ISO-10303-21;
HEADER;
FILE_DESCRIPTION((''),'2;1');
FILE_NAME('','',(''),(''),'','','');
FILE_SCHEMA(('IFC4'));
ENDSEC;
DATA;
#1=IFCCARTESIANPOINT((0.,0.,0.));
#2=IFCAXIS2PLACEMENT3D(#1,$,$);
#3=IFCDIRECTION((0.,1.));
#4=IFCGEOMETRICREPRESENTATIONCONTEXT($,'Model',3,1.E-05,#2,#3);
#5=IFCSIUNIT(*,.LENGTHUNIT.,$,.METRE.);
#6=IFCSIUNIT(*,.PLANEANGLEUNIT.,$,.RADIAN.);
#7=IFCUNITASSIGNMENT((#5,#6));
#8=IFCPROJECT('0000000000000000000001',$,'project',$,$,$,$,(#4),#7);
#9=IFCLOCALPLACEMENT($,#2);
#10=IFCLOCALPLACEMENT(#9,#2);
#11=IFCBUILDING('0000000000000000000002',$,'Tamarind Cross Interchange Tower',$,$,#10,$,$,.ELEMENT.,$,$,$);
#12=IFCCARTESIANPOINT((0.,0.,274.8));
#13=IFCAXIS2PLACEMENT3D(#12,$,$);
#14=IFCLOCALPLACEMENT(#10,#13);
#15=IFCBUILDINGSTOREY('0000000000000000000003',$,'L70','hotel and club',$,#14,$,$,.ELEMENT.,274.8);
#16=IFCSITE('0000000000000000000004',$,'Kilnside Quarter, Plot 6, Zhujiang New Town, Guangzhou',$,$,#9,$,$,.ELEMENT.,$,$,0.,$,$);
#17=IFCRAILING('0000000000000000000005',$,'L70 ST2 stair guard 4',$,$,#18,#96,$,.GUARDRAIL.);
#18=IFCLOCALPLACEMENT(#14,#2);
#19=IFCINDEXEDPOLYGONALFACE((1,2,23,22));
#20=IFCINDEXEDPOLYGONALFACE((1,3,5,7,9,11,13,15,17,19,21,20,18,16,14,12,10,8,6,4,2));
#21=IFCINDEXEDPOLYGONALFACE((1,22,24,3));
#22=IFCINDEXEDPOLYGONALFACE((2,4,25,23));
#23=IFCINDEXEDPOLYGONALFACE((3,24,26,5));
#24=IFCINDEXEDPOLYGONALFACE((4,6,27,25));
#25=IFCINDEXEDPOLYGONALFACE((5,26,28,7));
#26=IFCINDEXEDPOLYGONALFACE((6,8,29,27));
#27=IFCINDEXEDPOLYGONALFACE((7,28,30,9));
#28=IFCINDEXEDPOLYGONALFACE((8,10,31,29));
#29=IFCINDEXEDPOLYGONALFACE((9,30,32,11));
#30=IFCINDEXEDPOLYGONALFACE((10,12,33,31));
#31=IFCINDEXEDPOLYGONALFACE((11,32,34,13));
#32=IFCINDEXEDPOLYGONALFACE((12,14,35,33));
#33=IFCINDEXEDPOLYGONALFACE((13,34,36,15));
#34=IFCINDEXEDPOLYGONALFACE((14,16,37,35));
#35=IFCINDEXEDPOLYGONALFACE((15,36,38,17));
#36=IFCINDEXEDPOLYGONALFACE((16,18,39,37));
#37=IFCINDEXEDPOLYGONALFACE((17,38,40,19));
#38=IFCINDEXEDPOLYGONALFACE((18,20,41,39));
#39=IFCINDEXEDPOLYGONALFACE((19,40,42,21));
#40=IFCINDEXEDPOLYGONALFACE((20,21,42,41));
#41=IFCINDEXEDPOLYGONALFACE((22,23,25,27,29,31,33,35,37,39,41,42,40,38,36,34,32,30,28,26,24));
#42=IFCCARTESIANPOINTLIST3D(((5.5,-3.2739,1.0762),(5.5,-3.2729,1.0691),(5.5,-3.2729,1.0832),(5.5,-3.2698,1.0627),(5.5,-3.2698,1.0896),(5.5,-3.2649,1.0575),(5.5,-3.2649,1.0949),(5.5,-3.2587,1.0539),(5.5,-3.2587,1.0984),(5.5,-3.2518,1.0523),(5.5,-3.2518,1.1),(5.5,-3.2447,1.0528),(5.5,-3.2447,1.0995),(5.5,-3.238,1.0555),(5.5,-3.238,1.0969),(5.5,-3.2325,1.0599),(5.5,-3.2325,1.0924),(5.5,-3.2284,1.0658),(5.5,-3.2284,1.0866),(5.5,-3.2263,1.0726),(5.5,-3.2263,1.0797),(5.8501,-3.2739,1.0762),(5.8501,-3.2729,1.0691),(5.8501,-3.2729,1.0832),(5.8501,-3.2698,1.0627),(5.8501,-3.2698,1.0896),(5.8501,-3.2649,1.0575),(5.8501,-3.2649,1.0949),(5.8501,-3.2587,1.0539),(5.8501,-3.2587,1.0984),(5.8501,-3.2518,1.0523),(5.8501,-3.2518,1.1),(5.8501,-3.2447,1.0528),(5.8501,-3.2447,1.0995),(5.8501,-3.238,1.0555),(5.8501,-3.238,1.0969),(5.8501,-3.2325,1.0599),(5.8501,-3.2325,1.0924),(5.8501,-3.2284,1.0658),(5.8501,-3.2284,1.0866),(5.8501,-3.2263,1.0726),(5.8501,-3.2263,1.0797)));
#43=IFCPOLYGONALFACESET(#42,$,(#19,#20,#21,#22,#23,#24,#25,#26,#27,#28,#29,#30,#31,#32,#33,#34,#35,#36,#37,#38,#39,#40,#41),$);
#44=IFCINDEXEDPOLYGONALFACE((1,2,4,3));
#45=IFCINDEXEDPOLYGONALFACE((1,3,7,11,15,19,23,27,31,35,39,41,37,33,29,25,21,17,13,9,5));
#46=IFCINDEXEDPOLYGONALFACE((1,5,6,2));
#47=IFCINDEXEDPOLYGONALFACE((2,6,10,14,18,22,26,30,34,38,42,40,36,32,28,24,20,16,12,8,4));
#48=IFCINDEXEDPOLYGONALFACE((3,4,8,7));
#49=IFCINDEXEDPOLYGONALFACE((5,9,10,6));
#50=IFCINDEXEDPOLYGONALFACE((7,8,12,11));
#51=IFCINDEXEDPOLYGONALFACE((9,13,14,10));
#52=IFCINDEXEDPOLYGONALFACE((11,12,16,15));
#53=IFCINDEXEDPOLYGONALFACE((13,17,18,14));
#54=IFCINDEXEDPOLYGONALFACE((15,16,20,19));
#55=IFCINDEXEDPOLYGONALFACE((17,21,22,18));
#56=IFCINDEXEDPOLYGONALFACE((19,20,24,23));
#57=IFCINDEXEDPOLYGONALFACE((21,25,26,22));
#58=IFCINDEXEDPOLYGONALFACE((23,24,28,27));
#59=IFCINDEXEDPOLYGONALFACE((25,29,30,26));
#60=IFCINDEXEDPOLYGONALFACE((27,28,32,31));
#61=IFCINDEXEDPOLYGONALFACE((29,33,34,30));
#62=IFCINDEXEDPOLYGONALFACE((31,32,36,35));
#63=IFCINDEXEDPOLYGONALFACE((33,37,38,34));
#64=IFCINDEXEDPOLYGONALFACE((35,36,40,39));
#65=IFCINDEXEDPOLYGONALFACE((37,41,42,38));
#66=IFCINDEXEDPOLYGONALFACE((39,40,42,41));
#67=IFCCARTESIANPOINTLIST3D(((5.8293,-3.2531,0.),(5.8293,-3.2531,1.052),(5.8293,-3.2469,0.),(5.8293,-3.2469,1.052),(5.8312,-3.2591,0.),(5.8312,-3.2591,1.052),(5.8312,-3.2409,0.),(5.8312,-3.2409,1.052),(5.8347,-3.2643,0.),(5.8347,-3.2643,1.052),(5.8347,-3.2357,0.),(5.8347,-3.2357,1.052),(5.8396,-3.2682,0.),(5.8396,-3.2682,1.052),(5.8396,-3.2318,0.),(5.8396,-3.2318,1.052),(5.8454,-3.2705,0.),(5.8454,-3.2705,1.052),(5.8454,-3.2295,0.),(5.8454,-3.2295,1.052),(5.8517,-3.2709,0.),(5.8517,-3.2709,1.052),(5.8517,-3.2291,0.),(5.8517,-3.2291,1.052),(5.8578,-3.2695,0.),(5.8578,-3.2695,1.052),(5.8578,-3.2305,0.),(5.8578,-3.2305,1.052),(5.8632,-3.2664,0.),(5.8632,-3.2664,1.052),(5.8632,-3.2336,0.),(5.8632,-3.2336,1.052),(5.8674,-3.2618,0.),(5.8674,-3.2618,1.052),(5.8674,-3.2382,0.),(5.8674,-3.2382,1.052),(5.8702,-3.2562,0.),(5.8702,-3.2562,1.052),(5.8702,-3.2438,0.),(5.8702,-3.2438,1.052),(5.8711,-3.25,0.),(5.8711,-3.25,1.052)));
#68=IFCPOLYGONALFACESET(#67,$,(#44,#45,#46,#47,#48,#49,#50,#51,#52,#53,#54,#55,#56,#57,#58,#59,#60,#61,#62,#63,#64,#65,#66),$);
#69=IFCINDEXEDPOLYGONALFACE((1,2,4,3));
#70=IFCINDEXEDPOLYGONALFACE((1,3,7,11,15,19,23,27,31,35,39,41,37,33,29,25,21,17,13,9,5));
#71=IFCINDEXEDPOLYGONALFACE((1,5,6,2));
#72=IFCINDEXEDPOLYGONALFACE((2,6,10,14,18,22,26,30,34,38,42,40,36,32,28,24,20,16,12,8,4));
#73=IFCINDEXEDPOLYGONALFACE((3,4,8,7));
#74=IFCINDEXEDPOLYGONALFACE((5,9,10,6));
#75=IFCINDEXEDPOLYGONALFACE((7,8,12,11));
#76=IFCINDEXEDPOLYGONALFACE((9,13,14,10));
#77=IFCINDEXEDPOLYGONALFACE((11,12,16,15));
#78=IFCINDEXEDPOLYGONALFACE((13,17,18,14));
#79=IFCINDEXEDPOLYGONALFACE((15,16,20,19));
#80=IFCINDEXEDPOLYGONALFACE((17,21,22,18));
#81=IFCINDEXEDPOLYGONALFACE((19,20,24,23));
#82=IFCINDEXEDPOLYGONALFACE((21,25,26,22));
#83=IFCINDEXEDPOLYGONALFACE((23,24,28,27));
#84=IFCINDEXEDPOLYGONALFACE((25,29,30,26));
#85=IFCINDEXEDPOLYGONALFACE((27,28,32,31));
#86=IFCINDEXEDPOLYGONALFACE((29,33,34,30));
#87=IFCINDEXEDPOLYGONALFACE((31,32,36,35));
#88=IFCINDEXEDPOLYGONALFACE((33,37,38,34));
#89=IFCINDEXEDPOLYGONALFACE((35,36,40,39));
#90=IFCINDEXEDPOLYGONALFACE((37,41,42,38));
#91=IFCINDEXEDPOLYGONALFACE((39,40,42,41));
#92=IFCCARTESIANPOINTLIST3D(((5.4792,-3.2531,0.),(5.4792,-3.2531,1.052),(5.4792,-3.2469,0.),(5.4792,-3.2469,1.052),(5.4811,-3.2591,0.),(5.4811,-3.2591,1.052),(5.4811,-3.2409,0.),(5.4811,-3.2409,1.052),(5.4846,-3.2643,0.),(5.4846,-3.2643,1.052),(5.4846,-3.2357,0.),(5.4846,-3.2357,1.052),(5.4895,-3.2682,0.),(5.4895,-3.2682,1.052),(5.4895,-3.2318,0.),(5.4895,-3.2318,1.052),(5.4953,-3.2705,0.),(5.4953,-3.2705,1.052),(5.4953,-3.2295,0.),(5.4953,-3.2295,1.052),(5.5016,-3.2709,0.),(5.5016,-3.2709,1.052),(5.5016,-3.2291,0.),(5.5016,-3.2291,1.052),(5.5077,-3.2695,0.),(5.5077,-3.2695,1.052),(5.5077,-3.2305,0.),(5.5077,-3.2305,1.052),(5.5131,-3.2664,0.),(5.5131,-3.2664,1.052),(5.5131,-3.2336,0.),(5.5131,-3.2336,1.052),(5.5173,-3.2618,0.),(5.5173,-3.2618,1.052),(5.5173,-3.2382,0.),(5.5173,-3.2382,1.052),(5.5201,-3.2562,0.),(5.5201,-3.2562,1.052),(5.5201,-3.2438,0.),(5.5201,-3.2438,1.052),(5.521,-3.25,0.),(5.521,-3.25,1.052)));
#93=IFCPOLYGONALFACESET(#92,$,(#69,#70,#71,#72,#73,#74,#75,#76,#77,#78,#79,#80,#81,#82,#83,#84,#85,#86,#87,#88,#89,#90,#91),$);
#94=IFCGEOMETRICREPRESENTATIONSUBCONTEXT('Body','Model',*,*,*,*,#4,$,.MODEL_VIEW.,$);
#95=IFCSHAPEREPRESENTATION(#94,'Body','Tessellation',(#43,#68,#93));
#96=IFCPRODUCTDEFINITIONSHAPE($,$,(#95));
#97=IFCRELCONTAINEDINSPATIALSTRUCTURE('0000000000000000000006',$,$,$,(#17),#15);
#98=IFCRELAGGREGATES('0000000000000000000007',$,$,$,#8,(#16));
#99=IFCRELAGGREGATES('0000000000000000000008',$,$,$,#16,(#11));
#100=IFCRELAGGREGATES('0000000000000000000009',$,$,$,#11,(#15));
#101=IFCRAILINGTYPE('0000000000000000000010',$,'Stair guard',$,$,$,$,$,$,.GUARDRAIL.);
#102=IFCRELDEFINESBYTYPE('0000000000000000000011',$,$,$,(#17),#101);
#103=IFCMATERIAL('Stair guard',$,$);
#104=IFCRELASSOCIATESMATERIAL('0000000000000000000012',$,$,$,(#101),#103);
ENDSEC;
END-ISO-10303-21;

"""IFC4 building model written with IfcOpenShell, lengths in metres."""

from ifc_helpers import new_model, si_unit, direction, frame, origin, origin_2d, place, context, subcontext, project, spatial, circle, extrude, material, type_object, element, save


model = new_model("IFC4")

# Units and contexts
model_context = context("Model", 3, precision=1e-05, world=origin(), true_north=direction((0.0, 1.0)))
body_context = subcontext(model_context, "Body", "Model", "MODEL_VIEW")
ifc_project = project(units=[si_unit("LENGTHUNIT", "METRE"), si_unit("PLANEANGLEUNIT", "RADIAN")], contexts=[model_context])

# Site, building, storey
site_placement = place(None, origin())
site = spatial("IfcSite", under=ifc_project, at=site_placement, Name="Kilnside Quarter, Plot 6, Zhujiang New Town, Guangzhou", CompositionType="ELEMENT", RefElevation=0.0)
building_placement = place(site_placement, origin())
building = spatial("IfcBuilding", under=site, at=building_placement, Name="Tamarind Cross Interchange Tower", CompositionType="ELEMENT")
storey_placement = place(building_placement, frame((0.0, 0.0, 274.8)))
storey = spatial("IfcBuildingStorey", under=building, at=storey_placement, Name="L70", Description="hotel and club", CompositionType="ELEMENT", Elevation=274.8)

# Railing
ifc_material_1 = material(Name="Stair guard")
railing_type_1 = type_object("IfcRailingType", Name="Stair guard", PredefinedType="GUARDRAIL", material=ifc_material_1)
railing_1_placement = place(storey_placement, frame((5.8501, -3.25, 0.0)))
element("IfcRailing", 1, at=railing_1_placement, inside=storey, type_object=railing_type_1, Name="L70 ST2 stair guard 4", PredefinedType="GUARDRAIL", context=body_context, shape_type="SweptSolid", body=[
    extrude(circle(Radius=0.0239, at=origin_2d()), frame((0.0, 0.0, 1.0762), z_axis=(-1.0, 0.0, 0.0), x_axis=(0.0, -1.0, 0.0)), (0.0, 0.0, 1.0), 0.3501),
    extrude(circle(Radius=0.021, at=origin_2d()), origin(), (0.0, 0.0, 1.0), 1.052),
    extrude(circle(Radius=0.021, at=origin_2d()), frame((-0.3501, 0.0, 0.0)), (0.0, 0.0, 1.0), 1.052),
])

save(model, "model.ifc")
